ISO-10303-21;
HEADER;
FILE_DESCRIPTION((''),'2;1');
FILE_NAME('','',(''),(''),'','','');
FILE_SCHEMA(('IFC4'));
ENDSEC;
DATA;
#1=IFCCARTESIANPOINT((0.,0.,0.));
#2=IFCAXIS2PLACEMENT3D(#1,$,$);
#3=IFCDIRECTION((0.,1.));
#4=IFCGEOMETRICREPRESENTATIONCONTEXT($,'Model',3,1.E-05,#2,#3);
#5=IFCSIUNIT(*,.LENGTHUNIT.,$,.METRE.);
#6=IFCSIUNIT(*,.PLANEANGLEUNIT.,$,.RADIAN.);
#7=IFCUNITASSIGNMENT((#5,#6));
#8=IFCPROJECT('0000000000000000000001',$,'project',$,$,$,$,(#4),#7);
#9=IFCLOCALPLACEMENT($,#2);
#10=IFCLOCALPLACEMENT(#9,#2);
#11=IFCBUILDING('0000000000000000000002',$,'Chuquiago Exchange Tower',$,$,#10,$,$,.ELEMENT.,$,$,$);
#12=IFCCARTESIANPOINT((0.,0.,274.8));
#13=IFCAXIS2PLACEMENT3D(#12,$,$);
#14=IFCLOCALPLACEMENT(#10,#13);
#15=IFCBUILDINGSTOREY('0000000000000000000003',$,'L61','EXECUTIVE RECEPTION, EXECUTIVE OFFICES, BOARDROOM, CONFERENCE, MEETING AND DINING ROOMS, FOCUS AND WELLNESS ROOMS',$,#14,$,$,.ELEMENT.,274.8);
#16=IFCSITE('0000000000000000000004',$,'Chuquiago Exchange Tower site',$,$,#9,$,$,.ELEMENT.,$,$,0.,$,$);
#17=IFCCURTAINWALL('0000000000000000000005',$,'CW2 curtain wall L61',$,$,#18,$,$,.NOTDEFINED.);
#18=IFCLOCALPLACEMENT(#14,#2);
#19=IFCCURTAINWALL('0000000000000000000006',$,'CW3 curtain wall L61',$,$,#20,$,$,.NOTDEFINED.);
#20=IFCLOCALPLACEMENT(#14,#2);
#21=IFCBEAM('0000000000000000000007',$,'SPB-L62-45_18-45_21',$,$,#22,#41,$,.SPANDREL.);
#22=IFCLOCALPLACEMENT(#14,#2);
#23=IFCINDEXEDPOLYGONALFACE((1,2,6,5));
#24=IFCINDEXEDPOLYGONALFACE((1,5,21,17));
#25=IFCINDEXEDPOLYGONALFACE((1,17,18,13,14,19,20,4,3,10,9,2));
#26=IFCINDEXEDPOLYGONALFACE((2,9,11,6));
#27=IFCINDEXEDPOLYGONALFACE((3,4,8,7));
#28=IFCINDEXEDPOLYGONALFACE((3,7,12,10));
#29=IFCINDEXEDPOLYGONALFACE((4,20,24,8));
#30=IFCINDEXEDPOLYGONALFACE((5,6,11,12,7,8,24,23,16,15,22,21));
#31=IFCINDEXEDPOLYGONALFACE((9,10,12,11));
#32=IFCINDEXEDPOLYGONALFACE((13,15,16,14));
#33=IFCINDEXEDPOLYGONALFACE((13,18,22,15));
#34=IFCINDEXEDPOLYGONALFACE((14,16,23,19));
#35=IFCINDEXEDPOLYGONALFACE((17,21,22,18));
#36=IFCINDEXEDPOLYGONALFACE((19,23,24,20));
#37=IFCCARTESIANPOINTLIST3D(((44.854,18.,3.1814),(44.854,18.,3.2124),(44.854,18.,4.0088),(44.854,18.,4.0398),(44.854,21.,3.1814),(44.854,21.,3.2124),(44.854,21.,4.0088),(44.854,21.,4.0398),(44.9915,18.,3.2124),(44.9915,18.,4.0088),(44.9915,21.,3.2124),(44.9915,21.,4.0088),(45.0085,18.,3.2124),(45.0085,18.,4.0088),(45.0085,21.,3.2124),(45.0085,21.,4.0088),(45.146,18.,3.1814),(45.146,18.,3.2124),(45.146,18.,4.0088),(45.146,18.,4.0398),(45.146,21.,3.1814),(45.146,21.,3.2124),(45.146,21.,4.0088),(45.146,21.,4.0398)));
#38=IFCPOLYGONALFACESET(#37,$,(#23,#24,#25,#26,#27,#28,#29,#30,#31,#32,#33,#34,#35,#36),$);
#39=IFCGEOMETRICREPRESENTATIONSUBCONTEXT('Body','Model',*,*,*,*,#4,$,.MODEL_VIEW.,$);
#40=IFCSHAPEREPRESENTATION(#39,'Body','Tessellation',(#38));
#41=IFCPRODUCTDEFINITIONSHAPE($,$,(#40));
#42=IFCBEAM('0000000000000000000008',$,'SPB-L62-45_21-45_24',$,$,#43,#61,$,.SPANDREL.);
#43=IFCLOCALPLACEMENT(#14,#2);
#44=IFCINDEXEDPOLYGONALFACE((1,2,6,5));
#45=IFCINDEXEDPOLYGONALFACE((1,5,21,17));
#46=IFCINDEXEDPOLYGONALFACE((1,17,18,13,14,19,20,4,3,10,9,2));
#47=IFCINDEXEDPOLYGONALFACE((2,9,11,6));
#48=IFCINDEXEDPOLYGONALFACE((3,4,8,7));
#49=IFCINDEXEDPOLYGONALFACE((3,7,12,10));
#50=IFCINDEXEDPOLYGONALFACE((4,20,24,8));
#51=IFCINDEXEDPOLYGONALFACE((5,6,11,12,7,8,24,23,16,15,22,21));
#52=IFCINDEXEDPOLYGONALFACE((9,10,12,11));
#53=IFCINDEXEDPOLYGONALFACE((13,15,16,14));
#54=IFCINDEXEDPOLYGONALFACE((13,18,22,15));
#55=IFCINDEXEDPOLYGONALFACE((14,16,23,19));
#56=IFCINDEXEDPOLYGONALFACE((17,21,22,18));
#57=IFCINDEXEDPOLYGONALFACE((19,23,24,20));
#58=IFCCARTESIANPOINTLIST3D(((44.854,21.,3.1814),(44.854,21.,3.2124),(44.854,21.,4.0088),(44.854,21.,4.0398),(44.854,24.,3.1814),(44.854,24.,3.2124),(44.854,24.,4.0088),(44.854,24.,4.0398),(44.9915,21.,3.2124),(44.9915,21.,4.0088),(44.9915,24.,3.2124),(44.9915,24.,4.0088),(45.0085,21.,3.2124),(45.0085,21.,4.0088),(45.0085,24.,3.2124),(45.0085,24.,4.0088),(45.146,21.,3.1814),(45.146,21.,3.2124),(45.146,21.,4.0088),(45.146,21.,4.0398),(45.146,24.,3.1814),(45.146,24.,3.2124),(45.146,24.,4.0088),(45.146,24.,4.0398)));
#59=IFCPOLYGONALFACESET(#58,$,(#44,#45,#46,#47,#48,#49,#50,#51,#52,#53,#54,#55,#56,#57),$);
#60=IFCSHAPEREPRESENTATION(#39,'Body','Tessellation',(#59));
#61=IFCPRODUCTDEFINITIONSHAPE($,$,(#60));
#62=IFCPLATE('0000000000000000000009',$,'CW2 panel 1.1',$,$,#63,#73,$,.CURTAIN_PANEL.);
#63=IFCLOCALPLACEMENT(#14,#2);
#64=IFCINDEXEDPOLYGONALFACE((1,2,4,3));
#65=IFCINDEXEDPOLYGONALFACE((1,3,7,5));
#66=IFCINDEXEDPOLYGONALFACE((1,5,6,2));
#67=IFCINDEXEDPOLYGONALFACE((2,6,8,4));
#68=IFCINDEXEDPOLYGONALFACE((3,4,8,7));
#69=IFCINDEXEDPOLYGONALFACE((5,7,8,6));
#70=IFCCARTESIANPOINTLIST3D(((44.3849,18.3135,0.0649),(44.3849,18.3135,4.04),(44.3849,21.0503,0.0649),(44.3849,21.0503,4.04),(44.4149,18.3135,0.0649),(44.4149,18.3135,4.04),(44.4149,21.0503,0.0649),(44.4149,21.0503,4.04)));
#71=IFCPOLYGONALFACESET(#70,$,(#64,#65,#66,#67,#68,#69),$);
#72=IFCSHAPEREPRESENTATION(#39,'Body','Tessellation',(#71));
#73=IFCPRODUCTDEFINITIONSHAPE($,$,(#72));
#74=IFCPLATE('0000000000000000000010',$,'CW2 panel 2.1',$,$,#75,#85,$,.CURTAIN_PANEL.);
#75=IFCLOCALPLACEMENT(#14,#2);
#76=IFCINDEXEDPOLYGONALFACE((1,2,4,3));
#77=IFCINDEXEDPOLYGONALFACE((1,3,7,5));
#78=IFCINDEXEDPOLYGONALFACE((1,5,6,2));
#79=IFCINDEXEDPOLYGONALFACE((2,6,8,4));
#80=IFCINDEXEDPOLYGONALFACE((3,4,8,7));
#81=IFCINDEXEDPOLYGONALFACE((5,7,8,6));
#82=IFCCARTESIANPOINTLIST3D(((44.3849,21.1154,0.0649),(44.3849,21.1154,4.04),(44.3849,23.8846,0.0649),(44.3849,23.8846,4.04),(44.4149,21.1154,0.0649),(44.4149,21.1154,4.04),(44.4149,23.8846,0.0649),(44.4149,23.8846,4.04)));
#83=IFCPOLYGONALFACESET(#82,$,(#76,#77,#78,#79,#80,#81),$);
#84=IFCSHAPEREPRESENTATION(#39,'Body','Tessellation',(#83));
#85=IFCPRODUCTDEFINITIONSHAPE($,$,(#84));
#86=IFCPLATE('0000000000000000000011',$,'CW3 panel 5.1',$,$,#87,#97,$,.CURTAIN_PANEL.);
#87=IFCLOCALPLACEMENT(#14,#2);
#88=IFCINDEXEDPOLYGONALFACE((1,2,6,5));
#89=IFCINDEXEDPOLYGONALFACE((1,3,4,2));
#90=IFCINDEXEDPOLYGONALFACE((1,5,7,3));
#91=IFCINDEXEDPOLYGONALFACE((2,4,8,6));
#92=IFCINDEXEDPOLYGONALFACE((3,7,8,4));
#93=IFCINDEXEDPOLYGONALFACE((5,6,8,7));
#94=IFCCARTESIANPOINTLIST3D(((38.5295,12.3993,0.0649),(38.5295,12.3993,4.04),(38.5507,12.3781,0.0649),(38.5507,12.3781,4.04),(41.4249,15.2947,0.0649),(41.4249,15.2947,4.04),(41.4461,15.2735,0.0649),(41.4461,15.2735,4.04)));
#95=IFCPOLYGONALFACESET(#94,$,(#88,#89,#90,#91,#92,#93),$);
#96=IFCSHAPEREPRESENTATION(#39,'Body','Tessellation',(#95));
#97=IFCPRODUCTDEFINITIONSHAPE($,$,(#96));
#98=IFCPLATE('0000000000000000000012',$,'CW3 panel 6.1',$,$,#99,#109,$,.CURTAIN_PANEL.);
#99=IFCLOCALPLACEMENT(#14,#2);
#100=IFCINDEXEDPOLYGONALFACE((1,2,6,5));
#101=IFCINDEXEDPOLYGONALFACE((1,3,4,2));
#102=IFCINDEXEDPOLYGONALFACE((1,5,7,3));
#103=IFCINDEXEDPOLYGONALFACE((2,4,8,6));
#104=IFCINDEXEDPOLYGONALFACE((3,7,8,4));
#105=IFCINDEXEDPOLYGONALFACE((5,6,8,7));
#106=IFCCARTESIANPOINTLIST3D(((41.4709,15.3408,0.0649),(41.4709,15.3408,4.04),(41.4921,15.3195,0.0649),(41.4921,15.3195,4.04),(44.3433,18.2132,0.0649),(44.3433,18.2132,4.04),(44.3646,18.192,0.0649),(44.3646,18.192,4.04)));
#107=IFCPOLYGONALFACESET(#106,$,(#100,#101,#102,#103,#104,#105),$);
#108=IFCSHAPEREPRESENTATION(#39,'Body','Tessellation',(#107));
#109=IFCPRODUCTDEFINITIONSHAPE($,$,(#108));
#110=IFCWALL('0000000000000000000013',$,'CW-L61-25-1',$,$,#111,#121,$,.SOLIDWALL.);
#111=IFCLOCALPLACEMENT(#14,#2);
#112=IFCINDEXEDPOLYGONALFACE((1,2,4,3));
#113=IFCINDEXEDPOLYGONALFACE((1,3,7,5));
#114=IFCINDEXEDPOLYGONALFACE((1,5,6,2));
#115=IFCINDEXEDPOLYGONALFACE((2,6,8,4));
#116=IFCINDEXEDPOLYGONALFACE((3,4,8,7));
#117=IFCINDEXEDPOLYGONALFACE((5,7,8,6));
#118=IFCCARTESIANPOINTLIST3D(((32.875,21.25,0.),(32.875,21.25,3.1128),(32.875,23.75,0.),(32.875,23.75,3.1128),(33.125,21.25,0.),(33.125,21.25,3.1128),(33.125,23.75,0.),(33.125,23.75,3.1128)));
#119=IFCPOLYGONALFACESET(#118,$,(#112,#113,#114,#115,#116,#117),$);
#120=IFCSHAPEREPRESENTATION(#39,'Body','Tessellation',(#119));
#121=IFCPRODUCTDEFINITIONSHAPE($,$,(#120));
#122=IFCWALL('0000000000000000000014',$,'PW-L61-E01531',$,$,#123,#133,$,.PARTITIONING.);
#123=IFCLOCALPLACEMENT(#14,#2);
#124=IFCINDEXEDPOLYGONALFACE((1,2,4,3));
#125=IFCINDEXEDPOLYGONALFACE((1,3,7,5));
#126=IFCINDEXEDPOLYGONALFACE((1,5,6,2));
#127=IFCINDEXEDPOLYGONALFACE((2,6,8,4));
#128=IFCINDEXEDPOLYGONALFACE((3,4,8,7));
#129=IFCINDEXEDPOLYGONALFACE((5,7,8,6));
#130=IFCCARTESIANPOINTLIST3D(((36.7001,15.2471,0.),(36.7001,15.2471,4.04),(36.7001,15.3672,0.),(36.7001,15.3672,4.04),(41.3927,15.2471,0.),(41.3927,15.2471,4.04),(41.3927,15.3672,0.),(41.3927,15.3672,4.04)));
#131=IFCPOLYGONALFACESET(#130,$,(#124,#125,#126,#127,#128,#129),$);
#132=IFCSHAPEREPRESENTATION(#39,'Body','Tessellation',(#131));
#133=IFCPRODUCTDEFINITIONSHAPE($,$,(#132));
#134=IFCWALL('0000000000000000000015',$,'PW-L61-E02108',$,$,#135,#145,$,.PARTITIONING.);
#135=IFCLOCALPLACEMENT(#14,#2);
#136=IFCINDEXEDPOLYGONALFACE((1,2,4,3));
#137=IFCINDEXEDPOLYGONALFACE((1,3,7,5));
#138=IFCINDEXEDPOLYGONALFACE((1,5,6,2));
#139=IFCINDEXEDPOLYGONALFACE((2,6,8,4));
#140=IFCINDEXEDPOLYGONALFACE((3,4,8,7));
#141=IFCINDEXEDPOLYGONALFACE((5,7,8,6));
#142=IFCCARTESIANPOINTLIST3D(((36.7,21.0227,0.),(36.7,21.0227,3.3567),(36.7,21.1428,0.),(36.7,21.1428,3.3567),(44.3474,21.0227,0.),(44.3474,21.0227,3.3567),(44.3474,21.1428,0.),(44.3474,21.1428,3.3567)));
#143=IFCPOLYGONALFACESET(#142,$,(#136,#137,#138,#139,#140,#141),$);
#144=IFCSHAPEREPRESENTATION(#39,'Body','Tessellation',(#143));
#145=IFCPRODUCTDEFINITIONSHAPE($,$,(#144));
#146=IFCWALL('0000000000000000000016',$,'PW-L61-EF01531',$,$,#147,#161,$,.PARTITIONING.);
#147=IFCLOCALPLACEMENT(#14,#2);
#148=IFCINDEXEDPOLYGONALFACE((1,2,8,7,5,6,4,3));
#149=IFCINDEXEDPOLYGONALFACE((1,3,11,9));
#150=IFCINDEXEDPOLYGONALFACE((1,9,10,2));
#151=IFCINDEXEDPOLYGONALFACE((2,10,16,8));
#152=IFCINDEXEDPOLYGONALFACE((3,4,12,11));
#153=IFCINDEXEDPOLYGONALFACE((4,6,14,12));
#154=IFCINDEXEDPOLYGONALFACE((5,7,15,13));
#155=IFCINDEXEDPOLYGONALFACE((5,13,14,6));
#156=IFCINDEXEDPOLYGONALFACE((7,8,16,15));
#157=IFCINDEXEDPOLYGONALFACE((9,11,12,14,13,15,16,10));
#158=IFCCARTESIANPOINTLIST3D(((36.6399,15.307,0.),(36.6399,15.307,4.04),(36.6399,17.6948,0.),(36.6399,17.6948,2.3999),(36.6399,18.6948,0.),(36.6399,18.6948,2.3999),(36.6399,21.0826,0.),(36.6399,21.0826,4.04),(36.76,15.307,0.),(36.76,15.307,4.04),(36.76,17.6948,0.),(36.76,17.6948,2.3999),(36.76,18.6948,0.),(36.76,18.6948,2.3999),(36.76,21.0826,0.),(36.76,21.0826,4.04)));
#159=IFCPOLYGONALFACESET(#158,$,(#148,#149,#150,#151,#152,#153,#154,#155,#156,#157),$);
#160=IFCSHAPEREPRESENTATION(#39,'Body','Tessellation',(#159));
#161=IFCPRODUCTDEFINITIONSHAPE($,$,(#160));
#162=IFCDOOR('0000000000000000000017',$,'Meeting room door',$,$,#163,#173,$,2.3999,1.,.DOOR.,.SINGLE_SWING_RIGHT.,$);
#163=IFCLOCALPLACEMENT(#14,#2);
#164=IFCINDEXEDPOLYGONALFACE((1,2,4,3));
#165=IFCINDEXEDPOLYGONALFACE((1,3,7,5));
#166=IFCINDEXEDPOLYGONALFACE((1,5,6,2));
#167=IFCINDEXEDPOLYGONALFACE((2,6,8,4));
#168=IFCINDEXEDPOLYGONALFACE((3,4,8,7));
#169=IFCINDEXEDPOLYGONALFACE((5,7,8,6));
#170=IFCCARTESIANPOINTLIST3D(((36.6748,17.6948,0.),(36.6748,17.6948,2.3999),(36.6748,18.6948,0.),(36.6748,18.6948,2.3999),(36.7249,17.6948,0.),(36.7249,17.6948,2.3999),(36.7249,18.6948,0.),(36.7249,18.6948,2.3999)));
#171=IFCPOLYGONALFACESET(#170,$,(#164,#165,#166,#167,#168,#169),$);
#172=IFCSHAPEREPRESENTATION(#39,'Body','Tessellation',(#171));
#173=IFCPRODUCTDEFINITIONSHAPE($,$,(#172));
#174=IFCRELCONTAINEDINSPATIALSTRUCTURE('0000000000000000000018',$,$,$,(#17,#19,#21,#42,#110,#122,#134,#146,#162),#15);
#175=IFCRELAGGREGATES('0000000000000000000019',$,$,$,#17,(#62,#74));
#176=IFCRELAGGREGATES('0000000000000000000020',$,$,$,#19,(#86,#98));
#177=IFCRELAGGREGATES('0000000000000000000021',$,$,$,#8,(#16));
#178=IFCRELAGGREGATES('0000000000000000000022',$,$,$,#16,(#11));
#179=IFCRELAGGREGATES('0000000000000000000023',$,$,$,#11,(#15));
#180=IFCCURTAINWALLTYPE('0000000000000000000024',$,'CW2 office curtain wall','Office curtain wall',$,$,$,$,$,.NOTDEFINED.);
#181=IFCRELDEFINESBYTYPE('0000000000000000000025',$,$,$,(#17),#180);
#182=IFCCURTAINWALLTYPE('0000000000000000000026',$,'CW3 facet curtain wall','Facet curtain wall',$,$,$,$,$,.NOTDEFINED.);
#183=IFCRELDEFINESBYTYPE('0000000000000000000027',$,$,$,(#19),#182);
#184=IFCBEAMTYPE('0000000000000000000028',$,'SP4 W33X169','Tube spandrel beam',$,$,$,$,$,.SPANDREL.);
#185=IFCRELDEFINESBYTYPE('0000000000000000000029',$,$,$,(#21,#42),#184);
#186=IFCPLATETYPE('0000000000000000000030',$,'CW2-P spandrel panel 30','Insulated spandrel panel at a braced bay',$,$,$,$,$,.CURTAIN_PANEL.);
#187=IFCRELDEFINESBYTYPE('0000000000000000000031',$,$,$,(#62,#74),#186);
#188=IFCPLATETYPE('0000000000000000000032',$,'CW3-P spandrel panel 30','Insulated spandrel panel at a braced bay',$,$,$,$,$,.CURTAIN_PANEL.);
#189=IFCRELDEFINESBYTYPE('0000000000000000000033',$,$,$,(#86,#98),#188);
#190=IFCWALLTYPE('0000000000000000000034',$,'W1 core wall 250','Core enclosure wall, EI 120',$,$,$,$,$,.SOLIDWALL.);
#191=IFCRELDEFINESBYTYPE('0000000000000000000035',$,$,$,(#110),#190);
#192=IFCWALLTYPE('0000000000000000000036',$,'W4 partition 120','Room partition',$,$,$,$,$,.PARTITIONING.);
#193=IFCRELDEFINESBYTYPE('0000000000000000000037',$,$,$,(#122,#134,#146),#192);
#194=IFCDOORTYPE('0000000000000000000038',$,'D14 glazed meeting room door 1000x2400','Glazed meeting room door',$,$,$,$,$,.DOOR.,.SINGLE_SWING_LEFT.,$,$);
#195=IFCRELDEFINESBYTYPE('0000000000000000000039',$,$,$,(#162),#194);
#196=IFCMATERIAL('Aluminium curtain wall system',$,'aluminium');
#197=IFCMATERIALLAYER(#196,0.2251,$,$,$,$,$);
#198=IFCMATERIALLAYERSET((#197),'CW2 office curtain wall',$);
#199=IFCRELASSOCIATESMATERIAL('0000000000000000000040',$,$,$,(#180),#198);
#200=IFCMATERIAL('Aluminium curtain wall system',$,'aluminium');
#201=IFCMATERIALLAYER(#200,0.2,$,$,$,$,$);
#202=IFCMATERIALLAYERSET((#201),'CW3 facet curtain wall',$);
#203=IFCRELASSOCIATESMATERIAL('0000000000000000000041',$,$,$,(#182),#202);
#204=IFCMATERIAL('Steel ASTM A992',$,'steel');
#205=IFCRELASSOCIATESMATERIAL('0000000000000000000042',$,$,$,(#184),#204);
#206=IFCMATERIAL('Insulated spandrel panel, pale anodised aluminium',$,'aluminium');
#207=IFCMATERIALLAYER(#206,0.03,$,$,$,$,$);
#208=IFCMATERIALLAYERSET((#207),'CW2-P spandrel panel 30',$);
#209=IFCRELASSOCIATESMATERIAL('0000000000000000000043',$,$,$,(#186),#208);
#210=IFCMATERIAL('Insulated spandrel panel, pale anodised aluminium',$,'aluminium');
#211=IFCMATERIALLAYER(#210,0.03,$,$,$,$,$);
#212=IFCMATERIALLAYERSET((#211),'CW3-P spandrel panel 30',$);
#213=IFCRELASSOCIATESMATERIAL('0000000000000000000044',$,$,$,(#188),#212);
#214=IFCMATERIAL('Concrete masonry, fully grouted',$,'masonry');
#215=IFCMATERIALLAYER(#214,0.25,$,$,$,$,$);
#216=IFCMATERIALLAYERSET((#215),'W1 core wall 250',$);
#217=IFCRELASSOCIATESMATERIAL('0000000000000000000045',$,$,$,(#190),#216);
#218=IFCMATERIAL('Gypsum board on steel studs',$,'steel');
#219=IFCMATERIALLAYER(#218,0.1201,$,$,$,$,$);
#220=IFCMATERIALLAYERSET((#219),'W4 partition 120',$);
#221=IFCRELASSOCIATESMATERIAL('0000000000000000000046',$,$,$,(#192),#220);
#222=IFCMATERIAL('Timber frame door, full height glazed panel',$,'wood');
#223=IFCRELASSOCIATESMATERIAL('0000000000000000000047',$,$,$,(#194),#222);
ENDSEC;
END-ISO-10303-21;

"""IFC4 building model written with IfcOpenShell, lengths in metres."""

from ifc_helpers import new_model, si_unit, direction, frame, frame_2d, origin, origin_2d, place, context, subcontext, project, spatial, rectangle, i_section, extrude, material, layer, layer_set, material_profile, profile_set, type_object, element, fill, aggregate, save


model = new_model("IFC4")

# Units and contexts
model_context = context("Model", 3, precision=1e-05, world=origin(), true_north=direction((0.0, 1.0)))
body_context = subcontext(model_context, "Body", "Model", "MODEL_VIEW")
ifc_project = project(units=[si_unit("LENGTHUNIT", "METRE"), si_unit("PLANEANGLEUNIT", "RADIAN")], contexts=[model_context])

# Site, building, storey
site_placement = place(None, origin())
site = spatial("IfcSite", under=ifc_project, at=site_placement, Name="Chuquiago Exchange Tower site", CompositionType="ELEMENT", RefElevation=0.0)
building_placement = place(site_placement, origin())
building = spatial("IfcBuilding", under=site, at=building_placement, Name="Chuquiago Exchange Tower", CompositionType="ELEMENT")
storey_placement = place(building_placement, frame((0.0, 0.0, 274.8)))
storey = spatial("IfcBuildingStorey", under=building, at=storey_placement, Name="L61", Description="EXECUTIVE RECEPTION, EXECUTIVE OFFICES, BOARDROOM, CONFERENCE, MEETING AND DINING ROOMS, FOCUS AND WELLNESS ROOMS", CompositionType="ELEMENT", Elevation=274.8)

# Curtain walls
ifc_material_1 = material(Name="Aluminium curtain wall system", Category="aluminium")
ifc_layer_1 = layer(ifc_material_1, 0.2251)
ifc_layer_set_1 = layer_set([ifc_layer_1], Name="CW2 office curtain wall")
curtain_wall_type_1 = type_object("IfcCurtainWallType", Name="CW2 office curtain wall", Description="Office curtain wall", PredefinedType="NOTDEFINED", material=ifc_layer_set_1)
curtain_wall_1_placement = place(storey_placement, origin())
curtain_wall_1 = element("IfcCurtainWall", 1, at=curtain_wall_1_placement, inside=storey, type_object=curtain_wall_type_1, Name="CW2 curtain wall L61", PredefinedType="NOTDEFINED")
ifc_material_2 = material(Name="Aluminium curtain wall system", Category="aluminium")
ifc_layer_2 = layer(ifc_material_2, 0.2)
ifc_layer_set_2 = layer_set([ifc_layer_2], Name="CW3 facet curtain wall")
curtain_wall_type_2 = type_object("IfcCurtainWallType", Name="CW3 facet curtain wall", Description="Facet curtain wall", PredefinedType="NOTDEFINED", material=ifc_layer_set_2)
curtain_wall_2_placement = place(storey_placement, origin())
curtain_wall_2 = element("IfcCurtainWall", 2, at=curtain_wall_2_placement, inside=storey, type_object=curtain_wall_type_2, Name="CW3 curtain wall L61", PredefinedType="NOTDEFINED")

# Beams
ifc_material_3 = material(Name="Steel ASTM A992", Category="steel")
ifc_material_profile_1 = material_profile(ifc_material_3, i_section(OverallWidth=0.292, OverallDepth=0.8584, WebThickness=0.0171, FlangeThickness=0.031, at=origin_2d()), Name="W33X169")
ifc_profile_set_1 = profile_set([ifc_material_profile_1], Name="Steel ASTM A992")
beam_type_1 = type_object("IfcBeamType", Name="SP4 W33X169", Description="Tube spandrel beam", PredefinedType="SPANDREL", material=ifc_profile_set_1)
for number, where, z_axis, x_axis, name in (
    (3, (45.0, 18.0, 3.6106), (0.0, 1.0, 0.0), (-1.0, 0.0, 0.0), "SPB-L62-45_18-45_21"),
    (4, (45.0, 21.0, 3.6106), (0.0, 1.0, 0.0), (-1.0, 0.0, 0.0), "SPB-L62-45_21-45_24"),
):
    element("IfcBeam", number, at=place(storey_placement, frame(where, z_axis=z_axis, x_axis=x_axis)), inside=storey, type_object=beam_type_1, Name=name, PredefinedType="SPANDREL", context=body_context, shape_type="SweptSolid", body=[
        extrude(i_section(OverallWidth=0.292, OverallDepth=0.8584, WebThickness=0.0171, FlangeThickness=0.031, at=origin_2d()), origin(), (0.0, 0.0, 1.0), 3.0),
    ])

# Plates
ifc_material_4 = material(Name="Insulated spandrel panel, pale anodised aluminium", Category="aluminium")
ifc_layer_3 = layer(ifc_material_4, 0.03)
ifc_layer_set_3 = layer_set([ifc_layer_3], Name="CW2-P spandrel panel 30")
plate_type_1 = type_object("IfcPlateType", Name="CW2-P spandrel panel 30", Description="Insulated spandrel panel at a braced bay", PredefinedType="CURTAIN_PANEL", material=ifc_layer_set_3)
plate_1_placement = place(storey_placement, frame((44.3999, 19.6819, 0.0649), z_axis=(0.0, 0.0, 1.0), x_axis=(0.0, 1.0, 0.0)))
plate_1 = element("IfcPlate", 5, at=plate_1_placement, type_object=plate_type_1, Name="CW2 panel 1.1", PredefinedType="CURTAIN_PANEL", context=body_context, shape_type="SweptSolid", body=[
    extrude(rectangle(XDim=2.7368, YDim=0.03, at=origin_2d()), origin(), (0.0, 0.0, 1.0), 3.9751),
])
plate_2_placement = place(storey_placement, frame((44.3999, 22.5, 0.0649), z_axis=(0.0, 0.0, 1.0), x_axis=(0.0, 1.0, 0.0)))
plate_2 = element("IfcPlate", 6, at=plate_2_placement, type_object=plate_type_1, Name="CW2 panel 2.1", PredefinedType="CURTAIN_PANEL", context=body_context, shape_type="SweptSolid", body=[
    extrude(rectangle(XDim=2.7693, YDim=0.03, at=origin_2d()), origin(), (0.0, 0.0, 1.0), 3.9751),
])
aggregate(curtain_wall_1, [plate_1, plate_2])
ifc_material_5 = material(Name="Insulated spandrel panel, pale anodised aluminium", Category="aluminium")
ifc_layer_4 = layer(ifc_material_5, 0.03)
ifc_layer_set_4 = layer_set([ifc_layer_4], Name="CW3-P spandrel panel 30")
plate_type_2 = type_object("IfcPlateType", Name="CW3-P spandrel panel 30", Description="Insulated spandrel panel at a braced bay", PredefinedType="CURTAIN_PANEL", material=ifc_layer_set_4)
plate_3_placement = place(storey_placement, frame((39.9878, 13.8364, 0.0649), z_axis=(0.0, 0.0, 1.0), x_axis=(0.707107, 0.707107, 0.0)))
plate_3 = element("IfcPlate", 7, at=plate_3_placement, type_object=plate_type_2, Name="CW3 panel 5.1", PredefinedType="CURTAIN_PANEL", context=body_context, shape_type="SweptSolid", body=[
    extrude(rectangle(XDim=4.0947, YDim=0.03, at=origin_2d()), origin(), (0.0, 0.0, 1.0), 3.9751),
])
plate_4_placement = place(storey_placement, frame((42.9177, 16.7664, 0.0649), z_axis=(0.0, 0.0, 1.0), x_axis=(0.707107, 0.707107, 0.0)))
plate_4 = element("IfcPlate", 8, at=plate_4_placement, type_object=plate_type_2, Name="CW3 panel 6.1", PredefinedType="CURTAIN_PANEL", context=body_context, shape_type="SweptSolid", body=[
    extrude(rectangle(XDim=4.0623, YDim=0.03, at=origin_2d()), origin(), (0.0, 0.0, 1.0), 3.9751),
])
aggregate(curtain_wall_2, [plate_3, plate_4])

# Walls
ifc_material_6 = material(Name="Concrete masonry, fully grouted", Category="masonry")
ifc_layer_5 = layer(ifc_material_6, 0.25)
ifc_layer_set_5 = layer_set([ifc_layer_5], Name="W1 core wall 250")
wall_type_1 = type_object("IfcWallType", Name="W1 core wall 250", Description="Core enclosure wall, EI 120", PredefinedType="SOLIDWALL", material=ifc_layer_set_5)
wall_1_placement = place(storey_placement, frame((33.0, 21.25, 0.0), z_axis=(0.0, 0.0, 1.0), x_axis=(0.0, 1.0, 0.0)))
element("IfcWall", 9, at=wall_1_placement, inside=storey, type_object=wall_type_1, Name="CW-L61-25-1", PredefinedType="SOLIDWALL", context=body_context, shape_type="SweptSolid", body=[
    extrude(rectangle(XDim=2.5, YDim=0.25, at=frame_2d((1.25, 0.0))), origin(), (0.0, 0.0, 1.0), 3.1128),
])
ifc_material_7 = material(Name="Gypsum board on steel studs", Category="steel")
ifc_layer_6 = layer(ifc_material_7, 0.1201)
ifc_layer_set_6 = layer_set([ifc_layer_6], Name="W4 partition 120")
wall_type_2 = type_object("IfcWallType", Name="W4 partition 120", Description="Room partition", PredefinedType="PARTITIONING", material=ifc_layer_set_6)
wall_2_placement = place(storey_placement, frame((41.3926, 15.3071, 0.0), z_axis=(0.0, 0.0, 1.0), x_axis=(-1.0, 0.0, 0.0)))
element("IfcWall", 10, at=wall_2_placement, inside=storey, type_object=wall_type_2, Name="PW-L61-E01531", PredefinedType="PARTITIONING", context=body_context, shape_type="SweptSolid", body=[
    extrude(rectangle(XDim=4.6926, YDim=0.1201, at=frame_2d((2.3462, 0.0))), origin(), (0.0, 0.0, 1.0), 4.04),
])
wall_3_placement = place(storey_placement, frame((44.3474, 21.0828, 0.0), z_axis=(0.0, 0.0, 1.0), x_axis=(-1.0, 0.0, 0.0)))
element("IfcWall", 11, at=wall_3_placement, inside=storey, type_object=wall_type_2, Name="PW-L61-E02108", PredefinedType="PARTITIONING", context=body_context, shape_type="SweptSolid", body=[
    extrude(rectangle(XDim=7.6475, YDim=0.1201, at=frame_2d((3.8237, 0.0))), origin(), (0.0, 0.0, 1.0), 3.3567),
])

# Wall, opening, door
wall_4_placement = place(storey_placement, frame((36.7, 15.3071, 0.0), z_axis=(0.0, 0.0, 1.0), x_axis=(0.0, 1.0, 0.0)))
wall_4 = element("IfcWall", 12, at=wall_4_placement, inside=storey, type_object=wall_type_2, Name="PW-L61-EF01531", PredefinedType="PARTITIONING", context=body_context, shape_type="SweptSolid", body=[
    extrude(rectangle(XDim=5.7756, YDim=0.1201, at=frame_2d((2.8877, 0.0))), origin(), (0.0, 0.0, 1.0), 4.04),
])
opening_1_placement = place(wall_4_placement, frame((2.3877, 0.0, 0.0)))
opening_1 = element("IfcOpeningElement", 13, at=opening_1_placement, cuts=wall_4, PredefinedType="OPENING", context=body_context, shape_type="SweptSolid", body=[
    extrude(rectangle(XDim=1.0, YDim=2.3999, at=frame_2d((0.5, 1.2))), frame((0.0, 0.0701, 0.0), z_axis=(0.0, -1.0, 0.0), x_axis=(1.0, 0.0, 0.0)), (0.0, 0.0, 1.0), 0.1401),
])
ifc_material_8 = material(Name="Timber frame door, full height glazed panel", Category="wood")
door_type_1 = type_object("IfcDoorType", Name="D14 glazed meeting room door 1000x2400", Description="Glazed meeting room door", OperationType="SINGLE_SWING_LEFT", PredefinedType="DOOR", material=ifc_material_8)
door_1_placement = place(opening_1_placement, frame((1.0, 0.0, 0.0), z_axis=(0.0, 0.0, 1.0), x_axis=(-1.0, 0.0, 0.0)))
door_1 = element("IfcDoor", 14, at=door_1_placement, inside=storey, type_object=door_type_1, Name="Meeting room door", OperationType="SINGLE_SWING_RIGHT", OverallHeight=2.3999, OverallWidth=1.0, PredefinedType="DOOR", context=body_context, shape_type="SweptSolid", body=[
    extrude(rectangle(XDim=1.0, YDim=2.3999, at=frame_2d((0.5, 1.2))), frame((0.0, 0.0249, 0.0), z_axis=(0.0, -1.0, 0.0), x_axis=(1.0, 0.0, 0.0)), (0.0, 0.0, 1.0), 0.05),
])
fill(opening_1, door_1)

save(model, "model.ifc")
